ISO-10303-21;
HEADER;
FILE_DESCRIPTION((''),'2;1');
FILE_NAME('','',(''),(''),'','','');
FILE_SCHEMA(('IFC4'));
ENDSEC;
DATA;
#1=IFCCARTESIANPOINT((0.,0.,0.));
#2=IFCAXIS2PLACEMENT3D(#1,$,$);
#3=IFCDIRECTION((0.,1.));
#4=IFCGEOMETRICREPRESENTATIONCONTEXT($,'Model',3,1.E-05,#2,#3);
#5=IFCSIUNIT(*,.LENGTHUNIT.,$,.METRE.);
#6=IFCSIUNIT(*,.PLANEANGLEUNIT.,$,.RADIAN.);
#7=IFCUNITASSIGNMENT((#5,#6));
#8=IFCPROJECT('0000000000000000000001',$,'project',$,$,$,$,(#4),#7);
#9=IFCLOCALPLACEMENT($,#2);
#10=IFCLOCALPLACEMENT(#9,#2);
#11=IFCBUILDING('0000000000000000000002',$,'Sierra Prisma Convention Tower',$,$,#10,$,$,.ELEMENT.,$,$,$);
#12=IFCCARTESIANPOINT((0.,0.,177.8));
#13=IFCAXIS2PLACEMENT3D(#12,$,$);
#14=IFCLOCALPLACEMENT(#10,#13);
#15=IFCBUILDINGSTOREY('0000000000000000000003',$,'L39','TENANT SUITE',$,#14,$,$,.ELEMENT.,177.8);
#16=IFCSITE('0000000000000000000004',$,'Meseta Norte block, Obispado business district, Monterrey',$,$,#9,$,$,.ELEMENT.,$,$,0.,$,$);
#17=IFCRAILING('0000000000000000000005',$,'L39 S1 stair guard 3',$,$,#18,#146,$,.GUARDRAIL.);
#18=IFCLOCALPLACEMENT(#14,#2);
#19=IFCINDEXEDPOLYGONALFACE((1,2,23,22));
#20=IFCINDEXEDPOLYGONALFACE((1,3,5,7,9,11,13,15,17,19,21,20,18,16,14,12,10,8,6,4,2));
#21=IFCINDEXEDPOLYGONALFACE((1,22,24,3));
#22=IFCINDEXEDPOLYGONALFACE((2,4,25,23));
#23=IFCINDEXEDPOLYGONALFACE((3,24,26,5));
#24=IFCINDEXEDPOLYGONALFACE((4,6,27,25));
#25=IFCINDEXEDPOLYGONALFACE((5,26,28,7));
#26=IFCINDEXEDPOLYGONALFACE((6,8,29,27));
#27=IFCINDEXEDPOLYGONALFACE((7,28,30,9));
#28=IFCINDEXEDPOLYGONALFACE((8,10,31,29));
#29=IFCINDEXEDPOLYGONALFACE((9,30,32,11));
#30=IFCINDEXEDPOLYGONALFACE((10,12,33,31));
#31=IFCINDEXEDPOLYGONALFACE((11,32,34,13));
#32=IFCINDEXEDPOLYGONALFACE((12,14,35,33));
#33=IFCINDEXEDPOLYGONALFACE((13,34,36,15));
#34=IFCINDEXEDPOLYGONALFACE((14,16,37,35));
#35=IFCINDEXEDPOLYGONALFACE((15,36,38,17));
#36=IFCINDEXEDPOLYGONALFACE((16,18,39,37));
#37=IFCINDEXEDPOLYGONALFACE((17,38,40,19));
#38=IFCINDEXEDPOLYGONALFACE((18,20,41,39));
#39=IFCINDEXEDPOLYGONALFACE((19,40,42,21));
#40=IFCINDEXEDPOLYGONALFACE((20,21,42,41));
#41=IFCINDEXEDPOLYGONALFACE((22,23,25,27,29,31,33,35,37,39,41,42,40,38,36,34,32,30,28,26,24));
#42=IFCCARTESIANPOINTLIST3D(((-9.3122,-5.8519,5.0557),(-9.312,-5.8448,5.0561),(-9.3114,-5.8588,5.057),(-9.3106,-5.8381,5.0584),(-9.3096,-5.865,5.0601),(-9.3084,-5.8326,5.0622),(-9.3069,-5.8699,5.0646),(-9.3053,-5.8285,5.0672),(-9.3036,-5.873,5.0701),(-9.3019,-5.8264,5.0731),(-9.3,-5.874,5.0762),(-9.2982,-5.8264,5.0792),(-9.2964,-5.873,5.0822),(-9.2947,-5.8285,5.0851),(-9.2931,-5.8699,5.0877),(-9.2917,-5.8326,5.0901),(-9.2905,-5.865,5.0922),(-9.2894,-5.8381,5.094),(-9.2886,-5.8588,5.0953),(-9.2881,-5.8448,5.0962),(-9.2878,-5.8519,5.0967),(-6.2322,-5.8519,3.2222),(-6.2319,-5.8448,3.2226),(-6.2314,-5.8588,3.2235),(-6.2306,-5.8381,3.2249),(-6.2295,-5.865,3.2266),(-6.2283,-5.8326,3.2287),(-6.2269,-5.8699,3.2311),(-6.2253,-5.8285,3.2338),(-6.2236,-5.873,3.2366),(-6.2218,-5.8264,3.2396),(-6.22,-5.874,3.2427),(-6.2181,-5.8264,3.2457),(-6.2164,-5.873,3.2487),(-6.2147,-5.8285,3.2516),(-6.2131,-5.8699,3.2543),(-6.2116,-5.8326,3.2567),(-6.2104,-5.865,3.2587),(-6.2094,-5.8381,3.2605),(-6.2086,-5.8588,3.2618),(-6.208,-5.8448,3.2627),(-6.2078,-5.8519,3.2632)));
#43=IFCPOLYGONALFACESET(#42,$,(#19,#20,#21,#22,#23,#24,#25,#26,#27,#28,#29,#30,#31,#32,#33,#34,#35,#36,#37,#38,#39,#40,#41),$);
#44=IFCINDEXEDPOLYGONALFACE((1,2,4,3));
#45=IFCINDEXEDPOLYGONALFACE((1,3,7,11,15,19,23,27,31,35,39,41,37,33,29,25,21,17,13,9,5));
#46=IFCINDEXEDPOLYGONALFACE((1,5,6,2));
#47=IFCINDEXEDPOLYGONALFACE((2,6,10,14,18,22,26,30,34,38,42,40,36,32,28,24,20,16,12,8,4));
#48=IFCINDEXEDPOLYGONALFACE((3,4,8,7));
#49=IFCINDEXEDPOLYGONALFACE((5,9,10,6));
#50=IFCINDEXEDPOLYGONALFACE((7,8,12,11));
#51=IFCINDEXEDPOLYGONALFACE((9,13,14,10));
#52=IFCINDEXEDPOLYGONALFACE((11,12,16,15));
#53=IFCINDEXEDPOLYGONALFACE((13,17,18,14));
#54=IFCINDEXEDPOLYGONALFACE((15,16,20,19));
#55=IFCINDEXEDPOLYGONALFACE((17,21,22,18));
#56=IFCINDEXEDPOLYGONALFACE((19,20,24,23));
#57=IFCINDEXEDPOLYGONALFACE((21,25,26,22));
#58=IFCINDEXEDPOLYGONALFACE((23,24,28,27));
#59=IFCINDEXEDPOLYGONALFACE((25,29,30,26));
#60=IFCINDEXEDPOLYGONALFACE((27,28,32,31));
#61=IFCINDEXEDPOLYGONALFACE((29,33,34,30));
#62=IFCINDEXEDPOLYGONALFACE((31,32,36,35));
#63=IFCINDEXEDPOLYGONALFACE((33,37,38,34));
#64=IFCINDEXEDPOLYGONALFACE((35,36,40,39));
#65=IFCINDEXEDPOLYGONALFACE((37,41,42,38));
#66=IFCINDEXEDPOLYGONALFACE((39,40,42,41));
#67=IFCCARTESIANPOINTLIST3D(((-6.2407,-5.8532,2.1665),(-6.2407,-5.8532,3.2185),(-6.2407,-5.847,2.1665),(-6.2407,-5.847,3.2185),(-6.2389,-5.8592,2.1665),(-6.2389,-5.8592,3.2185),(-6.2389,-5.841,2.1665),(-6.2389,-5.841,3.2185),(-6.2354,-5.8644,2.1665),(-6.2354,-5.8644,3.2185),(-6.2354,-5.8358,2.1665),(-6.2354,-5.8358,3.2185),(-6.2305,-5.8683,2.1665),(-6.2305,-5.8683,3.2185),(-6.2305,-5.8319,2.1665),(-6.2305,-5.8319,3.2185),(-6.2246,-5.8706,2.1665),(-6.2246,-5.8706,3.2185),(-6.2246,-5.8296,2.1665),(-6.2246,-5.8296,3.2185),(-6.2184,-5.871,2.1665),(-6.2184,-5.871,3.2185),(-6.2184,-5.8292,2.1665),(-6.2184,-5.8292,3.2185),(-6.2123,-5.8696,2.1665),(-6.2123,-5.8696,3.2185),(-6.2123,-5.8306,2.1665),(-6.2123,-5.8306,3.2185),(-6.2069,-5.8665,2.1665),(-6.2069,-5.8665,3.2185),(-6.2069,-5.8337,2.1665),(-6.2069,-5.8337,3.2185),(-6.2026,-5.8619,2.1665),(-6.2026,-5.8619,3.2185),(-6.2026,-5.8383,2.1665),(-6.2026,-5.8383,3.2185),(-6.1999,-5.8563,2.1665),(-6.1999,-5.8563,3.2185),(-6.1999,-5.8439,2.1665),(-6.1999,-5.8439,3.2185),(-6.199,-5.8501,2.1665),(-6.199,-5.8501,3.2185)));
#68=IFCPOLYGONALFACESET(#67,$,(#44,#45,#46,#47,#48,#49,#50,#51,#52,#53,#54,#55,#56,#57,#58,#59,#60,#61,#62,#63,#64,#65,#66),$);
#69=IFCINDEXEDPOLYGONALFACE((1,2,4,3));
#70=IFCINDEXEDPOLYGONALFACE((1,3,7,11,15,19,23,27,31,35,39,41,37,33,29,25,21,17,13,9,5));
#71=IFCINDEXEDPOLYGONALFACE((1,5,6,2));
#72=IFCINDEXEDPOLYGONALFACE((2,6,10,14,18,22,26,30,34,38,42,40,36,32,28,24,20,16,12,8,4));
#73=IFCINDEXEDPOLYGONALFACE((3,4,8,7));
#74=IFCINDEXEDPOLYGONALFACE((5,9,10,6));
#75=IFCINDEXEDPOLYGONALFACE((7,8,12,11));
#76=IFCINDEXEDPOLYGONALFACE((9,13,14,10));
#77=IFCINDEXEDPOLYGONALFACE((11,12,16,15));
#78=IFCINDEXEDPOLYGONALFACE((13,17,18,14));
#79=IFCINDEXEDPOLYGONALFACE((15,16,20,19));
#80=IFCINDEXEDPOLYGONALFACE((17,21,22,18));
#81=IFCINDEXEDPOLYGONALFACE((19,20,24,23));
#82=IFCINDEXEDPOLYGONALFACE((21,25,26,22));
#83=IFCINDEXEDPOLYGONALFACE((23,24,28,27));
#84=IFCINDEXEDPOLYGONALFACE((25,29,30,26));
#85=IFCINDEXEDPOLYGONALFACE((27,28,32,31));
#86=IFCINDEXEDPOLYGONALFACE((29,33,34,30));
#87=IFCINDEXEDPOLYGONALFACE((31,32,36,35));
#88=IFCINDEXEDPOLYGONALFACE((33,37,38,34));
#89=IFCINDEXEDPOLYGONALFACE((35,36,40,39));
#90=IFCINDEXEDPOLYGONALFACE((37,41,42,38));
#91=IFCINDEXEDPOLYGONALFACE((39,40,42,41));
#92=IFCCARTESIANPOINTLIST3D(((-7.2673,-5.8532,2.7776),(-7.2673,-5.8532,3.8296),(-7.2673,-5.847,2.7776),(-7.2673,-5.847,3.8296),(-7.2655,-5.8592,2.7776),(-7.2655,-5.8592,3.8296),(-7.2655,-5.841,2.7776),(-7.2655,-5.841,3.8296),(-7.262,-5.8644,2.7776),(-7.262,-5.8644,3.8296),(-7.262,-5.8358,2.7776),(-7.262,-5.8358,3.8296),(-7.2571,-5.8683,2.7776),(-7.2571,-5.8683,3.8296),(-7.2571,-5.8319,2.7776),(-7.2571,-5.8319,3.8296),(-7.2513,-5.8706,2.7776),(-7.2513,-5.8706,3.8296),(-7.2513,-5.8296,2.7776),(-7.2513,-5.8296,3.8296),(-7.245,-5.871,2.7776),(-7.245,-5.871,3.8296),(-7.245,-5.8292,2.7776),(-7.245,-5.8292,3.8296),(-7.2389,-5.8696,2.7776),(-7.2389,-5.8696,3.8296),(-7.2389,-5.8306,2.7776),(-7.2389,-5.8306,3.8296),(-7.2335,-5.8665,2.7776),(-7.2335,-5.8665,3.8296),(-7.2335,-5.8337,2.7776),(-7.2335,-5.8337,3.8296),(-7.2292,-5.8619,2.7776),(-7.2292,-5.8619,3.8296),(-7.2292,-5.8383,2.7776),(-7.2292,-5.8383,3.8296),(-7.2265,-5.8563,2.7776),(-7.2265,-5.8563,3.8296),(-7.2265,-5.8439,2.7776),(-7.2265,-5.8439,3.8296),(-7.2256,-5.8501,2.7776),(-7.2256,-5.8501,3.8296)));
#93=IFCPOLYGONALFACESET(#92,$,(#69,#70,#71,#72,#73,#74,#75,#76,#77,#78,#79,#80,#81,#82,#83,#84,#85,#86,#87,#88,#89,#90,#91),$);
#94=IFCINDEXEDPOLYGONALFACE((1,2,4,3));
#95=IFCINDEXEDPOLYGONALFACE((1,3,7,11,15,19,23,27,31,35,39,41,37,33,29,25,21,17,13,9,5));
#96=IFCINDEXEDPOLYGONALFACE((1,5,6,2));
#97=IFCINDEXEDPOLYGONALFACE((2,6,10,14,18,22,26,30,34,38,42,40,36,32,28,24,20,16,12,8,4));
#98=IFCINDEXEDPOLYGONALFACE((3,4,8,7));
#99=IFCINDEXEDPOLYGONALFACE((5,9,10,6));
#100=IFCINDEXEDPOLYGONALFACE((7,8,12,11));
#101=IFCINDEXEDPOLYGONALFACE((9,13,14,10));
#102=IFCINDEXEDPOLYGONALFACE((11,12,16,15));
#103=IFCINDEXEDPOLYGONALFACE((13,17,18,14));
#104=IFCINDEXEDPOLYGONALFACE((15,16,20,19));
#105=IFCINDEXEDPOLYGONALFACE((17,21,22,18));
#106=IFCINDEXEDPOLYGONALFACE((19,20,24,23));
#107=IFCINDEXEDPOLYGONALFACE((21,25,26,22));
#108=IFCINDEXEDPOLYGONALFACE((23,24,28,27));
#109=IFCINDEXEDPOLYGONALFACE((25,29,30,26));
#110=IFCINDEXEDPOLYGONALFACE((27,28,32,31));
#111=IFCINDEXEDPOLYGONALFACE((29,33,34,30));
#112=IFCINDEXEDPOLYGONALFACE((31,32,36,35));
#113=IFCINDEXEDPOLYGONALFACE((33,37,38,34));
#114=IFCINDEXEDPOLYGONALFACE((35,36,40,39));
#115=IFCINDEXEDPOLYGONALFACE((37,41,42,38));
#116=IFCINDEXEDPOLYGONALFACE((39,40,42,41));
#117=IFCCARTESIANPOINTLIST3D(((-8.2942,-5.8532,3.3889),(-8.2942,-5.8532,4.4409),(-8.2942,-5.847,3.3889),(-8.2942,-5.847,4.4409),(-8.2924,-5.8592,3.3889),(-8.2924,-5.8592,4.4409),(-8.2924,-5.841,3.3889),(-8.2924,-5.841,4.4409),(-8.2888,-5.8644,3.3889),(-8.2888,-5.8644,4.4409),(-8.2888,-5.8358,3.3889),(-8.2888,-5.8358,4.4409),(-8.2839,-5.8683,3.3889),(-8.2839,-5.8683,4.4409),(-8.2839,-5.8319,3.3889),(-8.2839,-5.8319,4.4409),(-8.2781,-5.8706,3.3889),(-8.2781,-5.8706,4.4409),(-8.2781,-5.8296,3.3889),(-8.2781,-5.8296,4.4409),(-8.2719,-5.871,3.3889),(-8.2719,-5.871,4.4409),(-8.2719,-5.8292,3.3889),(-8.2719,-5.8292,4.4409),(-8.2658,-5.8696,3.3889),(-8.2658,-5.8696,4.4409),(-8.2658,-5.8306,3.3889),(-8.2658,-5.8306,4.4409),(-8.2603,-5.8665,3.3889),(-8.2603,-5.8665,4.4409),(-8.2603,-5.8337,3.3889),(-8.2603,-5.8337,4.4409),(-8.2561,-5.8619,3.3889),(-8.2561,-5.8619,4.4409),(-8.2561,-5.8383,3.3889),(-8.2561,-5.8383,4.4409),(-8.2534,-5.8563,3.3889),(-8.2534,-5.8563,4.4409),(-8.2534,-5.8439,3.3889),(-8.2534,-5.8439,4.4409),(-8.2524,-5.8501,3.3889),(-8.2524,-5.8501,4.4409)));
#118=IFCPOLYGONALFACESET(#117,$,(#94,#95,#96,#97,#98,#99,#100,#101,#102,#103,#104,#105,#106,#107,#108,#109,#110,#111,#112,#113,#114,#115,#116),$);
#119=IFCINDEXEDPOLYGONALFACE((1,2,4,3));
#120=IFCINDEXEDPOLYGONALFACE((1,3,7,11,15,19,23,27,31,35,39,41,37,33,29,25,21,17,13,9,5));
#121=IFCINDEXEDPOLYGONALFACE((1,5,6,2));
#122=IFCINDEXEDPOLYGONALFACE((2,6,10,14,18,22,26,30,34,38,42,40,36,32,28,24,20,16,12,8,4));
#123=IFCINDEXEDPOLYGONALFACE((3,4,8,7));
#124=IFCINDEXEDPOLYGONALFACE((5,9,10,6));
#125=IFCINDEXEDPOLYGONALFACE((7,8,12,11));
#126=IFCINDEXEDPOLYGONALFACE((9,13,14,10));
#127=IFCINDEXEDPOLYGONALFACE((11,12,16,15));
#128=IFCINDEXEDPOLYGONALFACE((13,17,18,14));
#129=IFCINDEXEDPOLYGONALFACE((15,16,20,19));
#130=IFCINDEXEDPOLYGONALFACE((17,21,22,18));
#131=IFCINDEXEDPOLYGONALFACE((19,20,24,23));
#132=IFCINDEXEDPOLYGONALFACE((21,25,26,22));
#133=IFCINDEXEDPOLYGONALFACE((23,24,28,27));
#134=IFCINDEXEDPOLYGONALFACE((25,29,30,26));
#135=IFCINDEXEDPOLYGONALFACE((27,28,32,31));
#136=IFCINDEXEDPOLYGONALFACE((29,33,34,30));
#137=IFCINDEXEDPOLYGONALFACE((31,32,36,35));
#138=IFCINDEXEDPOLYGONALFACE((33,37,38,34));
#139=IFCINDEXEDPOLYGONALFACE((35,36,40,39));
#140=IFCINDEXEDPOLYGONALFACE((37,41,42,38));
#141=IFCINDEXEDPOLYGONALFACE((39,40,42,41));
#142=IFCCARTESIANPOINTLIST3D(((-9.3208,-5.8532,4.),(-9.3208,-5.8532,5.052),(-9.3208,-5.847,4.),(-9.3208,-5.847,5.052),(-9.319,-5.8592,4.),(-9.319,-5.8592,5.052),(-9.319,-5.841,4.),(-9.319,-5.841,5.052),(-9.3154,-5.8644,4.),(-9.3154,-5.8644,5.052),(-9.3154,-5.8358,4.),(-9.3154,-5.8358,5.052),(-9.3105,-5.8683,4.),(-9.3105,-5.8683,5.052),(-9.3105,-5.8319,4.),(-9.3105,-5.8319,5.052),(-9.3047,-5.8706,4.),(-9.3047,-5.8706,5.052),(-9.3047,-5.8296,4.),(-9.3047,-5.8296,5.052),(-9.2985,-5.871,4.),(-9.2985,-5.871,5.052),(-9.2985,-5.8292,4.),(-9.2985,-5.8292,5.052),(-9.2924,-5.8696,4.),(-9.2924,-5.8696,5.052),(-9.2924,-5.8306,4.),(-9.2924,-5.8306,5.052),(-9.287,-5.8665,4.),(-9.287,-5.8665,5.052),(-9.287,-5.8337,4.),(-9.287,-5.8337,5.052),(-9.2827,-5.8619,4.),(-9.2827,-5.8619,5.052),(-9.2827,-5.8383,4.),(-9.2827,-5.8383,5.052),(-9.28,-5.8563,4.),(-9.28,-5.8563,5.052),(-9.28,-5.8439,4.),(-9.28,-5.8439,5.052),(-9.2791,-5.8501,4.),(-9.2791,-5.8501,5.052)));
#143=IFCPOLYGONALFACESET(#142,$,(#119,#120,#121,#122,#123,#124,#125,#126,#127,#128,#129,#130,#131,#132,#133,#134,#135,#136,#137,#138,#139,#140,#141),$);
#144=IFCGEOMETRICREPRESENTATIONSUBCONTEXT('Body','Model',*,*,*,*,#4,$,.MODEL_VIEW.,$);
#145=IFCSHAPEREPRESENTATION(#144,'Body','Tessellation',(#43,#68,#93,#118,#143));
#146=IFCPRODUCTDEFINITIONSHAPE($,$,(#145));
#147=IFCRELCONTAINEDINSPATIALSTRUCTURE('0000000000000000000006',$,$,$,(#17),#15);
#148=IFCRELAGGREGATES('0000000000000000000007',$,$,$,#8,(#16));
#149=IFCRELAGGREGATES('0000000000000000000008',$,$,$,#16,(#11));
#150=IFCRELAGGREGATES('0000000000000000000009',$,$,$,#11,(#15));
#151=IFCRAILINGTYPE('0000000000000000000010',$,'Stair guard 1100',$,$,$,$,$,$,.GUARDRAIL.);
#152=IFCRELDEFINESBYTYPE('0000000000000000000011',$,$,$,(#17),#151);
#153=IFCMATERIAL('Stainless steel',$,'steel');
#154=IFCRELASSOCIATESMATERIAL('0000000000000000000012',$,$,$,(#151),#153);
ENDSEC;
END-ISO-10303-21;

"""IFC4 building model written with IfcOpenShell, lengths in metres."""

from ifc_helpers import new_model, si_unit, direction, frame, origin, origin_2d, place, context, subcontext, project, spatial, circle, extrude, material, type_object, element, save


model = new_model("IFC4")

# Units and contexts
model_context = context("Model", 3, precision=1e-05, world=origin(), true_north=direction((0.0, 1.0)))
body_context = subcontext(model_context, "Body", "Model", "MODEL_VIEW")
ifc_project = project(units=[si_unit("LENGTHUNIT", "METRE"), si_unit("PLANEANGLEUNIT", "RADIAN")], contexts=[model_context])

# Site, building, storey
site_placement = place(None, origin())
site = spatial("IfcSite", under=ifc_project, at=site_placement, Name="Meseta Norte block, Obispado business district, Monterrey", CompositionType="ELEMENT", RefElevation=0.0)
building_placement = place(site_placement, origin())
building = spatial("IfcBuilding", under=site, at=building_placement, Name="Sierra Prisma Convention Tower", CompositionType="ELEMENT")
storey_placement = place(building_placement, frame((0.0, 0.0, 177.8)))
storey = spatial("IfcBuildingStorey", under=building, at=storey_placement, Name="L39", Description="TENANT SUITE", CompositionType="ELEMENT", Elevation=177.8)

# Railing
ifc_material_1 = material(Name="Stainless steel", Category="steel")
railing_type_1 = type_object("IfcRailingType", Name="Stair guard 1100", PredefinedType="GUARDRAIL", material=ifc_material_1)
railing_1_placement = place(storey_placement, frame((-6.22, -5.8501, 2.1665)))
element("IfcRailing", 1, at=railing_1_placement, inside=storey, type_object=railing_type_1, Name="L39 S1 stair guard 3", PredefinedType="GUARDRAIL", context=body_context, shape_type="SweptSolid", body=[
    extrude(circle(Radius=0.0239, at=origin_2d()), frame((0.0, 0.0, 1.0762), z_axis=(-0.859279, 0.0, 0.511508), x_axis=(0.0, -1.0, 0.0)), (0.0, 0.0, 1.0), 3.5845),
    extrude(circle(Radius=0.021, at=origin_2d()), origin(), (0.0, 0.0, 1.0), 1.052),
    extrude(circle(Radius=0.021, at=origin_2d()), frame((-1.0266, 0.0, 0.6111)), (0.0, 0.0, 1.0), 1.052),
    extrude(circle(Radius=0.021, at=origin_2d()), frame((-2.0535, 0.0, 1.2224)), (0.0, 0.0, 1.0), 1.052),
    extrude(circle(Radius=0.021, at=origin_2d()), frame((-3.0801, 0.0, 1.8335)), (0.0, 0.0, 1.0), 1.052),
])

save(model, "model.ifc")
